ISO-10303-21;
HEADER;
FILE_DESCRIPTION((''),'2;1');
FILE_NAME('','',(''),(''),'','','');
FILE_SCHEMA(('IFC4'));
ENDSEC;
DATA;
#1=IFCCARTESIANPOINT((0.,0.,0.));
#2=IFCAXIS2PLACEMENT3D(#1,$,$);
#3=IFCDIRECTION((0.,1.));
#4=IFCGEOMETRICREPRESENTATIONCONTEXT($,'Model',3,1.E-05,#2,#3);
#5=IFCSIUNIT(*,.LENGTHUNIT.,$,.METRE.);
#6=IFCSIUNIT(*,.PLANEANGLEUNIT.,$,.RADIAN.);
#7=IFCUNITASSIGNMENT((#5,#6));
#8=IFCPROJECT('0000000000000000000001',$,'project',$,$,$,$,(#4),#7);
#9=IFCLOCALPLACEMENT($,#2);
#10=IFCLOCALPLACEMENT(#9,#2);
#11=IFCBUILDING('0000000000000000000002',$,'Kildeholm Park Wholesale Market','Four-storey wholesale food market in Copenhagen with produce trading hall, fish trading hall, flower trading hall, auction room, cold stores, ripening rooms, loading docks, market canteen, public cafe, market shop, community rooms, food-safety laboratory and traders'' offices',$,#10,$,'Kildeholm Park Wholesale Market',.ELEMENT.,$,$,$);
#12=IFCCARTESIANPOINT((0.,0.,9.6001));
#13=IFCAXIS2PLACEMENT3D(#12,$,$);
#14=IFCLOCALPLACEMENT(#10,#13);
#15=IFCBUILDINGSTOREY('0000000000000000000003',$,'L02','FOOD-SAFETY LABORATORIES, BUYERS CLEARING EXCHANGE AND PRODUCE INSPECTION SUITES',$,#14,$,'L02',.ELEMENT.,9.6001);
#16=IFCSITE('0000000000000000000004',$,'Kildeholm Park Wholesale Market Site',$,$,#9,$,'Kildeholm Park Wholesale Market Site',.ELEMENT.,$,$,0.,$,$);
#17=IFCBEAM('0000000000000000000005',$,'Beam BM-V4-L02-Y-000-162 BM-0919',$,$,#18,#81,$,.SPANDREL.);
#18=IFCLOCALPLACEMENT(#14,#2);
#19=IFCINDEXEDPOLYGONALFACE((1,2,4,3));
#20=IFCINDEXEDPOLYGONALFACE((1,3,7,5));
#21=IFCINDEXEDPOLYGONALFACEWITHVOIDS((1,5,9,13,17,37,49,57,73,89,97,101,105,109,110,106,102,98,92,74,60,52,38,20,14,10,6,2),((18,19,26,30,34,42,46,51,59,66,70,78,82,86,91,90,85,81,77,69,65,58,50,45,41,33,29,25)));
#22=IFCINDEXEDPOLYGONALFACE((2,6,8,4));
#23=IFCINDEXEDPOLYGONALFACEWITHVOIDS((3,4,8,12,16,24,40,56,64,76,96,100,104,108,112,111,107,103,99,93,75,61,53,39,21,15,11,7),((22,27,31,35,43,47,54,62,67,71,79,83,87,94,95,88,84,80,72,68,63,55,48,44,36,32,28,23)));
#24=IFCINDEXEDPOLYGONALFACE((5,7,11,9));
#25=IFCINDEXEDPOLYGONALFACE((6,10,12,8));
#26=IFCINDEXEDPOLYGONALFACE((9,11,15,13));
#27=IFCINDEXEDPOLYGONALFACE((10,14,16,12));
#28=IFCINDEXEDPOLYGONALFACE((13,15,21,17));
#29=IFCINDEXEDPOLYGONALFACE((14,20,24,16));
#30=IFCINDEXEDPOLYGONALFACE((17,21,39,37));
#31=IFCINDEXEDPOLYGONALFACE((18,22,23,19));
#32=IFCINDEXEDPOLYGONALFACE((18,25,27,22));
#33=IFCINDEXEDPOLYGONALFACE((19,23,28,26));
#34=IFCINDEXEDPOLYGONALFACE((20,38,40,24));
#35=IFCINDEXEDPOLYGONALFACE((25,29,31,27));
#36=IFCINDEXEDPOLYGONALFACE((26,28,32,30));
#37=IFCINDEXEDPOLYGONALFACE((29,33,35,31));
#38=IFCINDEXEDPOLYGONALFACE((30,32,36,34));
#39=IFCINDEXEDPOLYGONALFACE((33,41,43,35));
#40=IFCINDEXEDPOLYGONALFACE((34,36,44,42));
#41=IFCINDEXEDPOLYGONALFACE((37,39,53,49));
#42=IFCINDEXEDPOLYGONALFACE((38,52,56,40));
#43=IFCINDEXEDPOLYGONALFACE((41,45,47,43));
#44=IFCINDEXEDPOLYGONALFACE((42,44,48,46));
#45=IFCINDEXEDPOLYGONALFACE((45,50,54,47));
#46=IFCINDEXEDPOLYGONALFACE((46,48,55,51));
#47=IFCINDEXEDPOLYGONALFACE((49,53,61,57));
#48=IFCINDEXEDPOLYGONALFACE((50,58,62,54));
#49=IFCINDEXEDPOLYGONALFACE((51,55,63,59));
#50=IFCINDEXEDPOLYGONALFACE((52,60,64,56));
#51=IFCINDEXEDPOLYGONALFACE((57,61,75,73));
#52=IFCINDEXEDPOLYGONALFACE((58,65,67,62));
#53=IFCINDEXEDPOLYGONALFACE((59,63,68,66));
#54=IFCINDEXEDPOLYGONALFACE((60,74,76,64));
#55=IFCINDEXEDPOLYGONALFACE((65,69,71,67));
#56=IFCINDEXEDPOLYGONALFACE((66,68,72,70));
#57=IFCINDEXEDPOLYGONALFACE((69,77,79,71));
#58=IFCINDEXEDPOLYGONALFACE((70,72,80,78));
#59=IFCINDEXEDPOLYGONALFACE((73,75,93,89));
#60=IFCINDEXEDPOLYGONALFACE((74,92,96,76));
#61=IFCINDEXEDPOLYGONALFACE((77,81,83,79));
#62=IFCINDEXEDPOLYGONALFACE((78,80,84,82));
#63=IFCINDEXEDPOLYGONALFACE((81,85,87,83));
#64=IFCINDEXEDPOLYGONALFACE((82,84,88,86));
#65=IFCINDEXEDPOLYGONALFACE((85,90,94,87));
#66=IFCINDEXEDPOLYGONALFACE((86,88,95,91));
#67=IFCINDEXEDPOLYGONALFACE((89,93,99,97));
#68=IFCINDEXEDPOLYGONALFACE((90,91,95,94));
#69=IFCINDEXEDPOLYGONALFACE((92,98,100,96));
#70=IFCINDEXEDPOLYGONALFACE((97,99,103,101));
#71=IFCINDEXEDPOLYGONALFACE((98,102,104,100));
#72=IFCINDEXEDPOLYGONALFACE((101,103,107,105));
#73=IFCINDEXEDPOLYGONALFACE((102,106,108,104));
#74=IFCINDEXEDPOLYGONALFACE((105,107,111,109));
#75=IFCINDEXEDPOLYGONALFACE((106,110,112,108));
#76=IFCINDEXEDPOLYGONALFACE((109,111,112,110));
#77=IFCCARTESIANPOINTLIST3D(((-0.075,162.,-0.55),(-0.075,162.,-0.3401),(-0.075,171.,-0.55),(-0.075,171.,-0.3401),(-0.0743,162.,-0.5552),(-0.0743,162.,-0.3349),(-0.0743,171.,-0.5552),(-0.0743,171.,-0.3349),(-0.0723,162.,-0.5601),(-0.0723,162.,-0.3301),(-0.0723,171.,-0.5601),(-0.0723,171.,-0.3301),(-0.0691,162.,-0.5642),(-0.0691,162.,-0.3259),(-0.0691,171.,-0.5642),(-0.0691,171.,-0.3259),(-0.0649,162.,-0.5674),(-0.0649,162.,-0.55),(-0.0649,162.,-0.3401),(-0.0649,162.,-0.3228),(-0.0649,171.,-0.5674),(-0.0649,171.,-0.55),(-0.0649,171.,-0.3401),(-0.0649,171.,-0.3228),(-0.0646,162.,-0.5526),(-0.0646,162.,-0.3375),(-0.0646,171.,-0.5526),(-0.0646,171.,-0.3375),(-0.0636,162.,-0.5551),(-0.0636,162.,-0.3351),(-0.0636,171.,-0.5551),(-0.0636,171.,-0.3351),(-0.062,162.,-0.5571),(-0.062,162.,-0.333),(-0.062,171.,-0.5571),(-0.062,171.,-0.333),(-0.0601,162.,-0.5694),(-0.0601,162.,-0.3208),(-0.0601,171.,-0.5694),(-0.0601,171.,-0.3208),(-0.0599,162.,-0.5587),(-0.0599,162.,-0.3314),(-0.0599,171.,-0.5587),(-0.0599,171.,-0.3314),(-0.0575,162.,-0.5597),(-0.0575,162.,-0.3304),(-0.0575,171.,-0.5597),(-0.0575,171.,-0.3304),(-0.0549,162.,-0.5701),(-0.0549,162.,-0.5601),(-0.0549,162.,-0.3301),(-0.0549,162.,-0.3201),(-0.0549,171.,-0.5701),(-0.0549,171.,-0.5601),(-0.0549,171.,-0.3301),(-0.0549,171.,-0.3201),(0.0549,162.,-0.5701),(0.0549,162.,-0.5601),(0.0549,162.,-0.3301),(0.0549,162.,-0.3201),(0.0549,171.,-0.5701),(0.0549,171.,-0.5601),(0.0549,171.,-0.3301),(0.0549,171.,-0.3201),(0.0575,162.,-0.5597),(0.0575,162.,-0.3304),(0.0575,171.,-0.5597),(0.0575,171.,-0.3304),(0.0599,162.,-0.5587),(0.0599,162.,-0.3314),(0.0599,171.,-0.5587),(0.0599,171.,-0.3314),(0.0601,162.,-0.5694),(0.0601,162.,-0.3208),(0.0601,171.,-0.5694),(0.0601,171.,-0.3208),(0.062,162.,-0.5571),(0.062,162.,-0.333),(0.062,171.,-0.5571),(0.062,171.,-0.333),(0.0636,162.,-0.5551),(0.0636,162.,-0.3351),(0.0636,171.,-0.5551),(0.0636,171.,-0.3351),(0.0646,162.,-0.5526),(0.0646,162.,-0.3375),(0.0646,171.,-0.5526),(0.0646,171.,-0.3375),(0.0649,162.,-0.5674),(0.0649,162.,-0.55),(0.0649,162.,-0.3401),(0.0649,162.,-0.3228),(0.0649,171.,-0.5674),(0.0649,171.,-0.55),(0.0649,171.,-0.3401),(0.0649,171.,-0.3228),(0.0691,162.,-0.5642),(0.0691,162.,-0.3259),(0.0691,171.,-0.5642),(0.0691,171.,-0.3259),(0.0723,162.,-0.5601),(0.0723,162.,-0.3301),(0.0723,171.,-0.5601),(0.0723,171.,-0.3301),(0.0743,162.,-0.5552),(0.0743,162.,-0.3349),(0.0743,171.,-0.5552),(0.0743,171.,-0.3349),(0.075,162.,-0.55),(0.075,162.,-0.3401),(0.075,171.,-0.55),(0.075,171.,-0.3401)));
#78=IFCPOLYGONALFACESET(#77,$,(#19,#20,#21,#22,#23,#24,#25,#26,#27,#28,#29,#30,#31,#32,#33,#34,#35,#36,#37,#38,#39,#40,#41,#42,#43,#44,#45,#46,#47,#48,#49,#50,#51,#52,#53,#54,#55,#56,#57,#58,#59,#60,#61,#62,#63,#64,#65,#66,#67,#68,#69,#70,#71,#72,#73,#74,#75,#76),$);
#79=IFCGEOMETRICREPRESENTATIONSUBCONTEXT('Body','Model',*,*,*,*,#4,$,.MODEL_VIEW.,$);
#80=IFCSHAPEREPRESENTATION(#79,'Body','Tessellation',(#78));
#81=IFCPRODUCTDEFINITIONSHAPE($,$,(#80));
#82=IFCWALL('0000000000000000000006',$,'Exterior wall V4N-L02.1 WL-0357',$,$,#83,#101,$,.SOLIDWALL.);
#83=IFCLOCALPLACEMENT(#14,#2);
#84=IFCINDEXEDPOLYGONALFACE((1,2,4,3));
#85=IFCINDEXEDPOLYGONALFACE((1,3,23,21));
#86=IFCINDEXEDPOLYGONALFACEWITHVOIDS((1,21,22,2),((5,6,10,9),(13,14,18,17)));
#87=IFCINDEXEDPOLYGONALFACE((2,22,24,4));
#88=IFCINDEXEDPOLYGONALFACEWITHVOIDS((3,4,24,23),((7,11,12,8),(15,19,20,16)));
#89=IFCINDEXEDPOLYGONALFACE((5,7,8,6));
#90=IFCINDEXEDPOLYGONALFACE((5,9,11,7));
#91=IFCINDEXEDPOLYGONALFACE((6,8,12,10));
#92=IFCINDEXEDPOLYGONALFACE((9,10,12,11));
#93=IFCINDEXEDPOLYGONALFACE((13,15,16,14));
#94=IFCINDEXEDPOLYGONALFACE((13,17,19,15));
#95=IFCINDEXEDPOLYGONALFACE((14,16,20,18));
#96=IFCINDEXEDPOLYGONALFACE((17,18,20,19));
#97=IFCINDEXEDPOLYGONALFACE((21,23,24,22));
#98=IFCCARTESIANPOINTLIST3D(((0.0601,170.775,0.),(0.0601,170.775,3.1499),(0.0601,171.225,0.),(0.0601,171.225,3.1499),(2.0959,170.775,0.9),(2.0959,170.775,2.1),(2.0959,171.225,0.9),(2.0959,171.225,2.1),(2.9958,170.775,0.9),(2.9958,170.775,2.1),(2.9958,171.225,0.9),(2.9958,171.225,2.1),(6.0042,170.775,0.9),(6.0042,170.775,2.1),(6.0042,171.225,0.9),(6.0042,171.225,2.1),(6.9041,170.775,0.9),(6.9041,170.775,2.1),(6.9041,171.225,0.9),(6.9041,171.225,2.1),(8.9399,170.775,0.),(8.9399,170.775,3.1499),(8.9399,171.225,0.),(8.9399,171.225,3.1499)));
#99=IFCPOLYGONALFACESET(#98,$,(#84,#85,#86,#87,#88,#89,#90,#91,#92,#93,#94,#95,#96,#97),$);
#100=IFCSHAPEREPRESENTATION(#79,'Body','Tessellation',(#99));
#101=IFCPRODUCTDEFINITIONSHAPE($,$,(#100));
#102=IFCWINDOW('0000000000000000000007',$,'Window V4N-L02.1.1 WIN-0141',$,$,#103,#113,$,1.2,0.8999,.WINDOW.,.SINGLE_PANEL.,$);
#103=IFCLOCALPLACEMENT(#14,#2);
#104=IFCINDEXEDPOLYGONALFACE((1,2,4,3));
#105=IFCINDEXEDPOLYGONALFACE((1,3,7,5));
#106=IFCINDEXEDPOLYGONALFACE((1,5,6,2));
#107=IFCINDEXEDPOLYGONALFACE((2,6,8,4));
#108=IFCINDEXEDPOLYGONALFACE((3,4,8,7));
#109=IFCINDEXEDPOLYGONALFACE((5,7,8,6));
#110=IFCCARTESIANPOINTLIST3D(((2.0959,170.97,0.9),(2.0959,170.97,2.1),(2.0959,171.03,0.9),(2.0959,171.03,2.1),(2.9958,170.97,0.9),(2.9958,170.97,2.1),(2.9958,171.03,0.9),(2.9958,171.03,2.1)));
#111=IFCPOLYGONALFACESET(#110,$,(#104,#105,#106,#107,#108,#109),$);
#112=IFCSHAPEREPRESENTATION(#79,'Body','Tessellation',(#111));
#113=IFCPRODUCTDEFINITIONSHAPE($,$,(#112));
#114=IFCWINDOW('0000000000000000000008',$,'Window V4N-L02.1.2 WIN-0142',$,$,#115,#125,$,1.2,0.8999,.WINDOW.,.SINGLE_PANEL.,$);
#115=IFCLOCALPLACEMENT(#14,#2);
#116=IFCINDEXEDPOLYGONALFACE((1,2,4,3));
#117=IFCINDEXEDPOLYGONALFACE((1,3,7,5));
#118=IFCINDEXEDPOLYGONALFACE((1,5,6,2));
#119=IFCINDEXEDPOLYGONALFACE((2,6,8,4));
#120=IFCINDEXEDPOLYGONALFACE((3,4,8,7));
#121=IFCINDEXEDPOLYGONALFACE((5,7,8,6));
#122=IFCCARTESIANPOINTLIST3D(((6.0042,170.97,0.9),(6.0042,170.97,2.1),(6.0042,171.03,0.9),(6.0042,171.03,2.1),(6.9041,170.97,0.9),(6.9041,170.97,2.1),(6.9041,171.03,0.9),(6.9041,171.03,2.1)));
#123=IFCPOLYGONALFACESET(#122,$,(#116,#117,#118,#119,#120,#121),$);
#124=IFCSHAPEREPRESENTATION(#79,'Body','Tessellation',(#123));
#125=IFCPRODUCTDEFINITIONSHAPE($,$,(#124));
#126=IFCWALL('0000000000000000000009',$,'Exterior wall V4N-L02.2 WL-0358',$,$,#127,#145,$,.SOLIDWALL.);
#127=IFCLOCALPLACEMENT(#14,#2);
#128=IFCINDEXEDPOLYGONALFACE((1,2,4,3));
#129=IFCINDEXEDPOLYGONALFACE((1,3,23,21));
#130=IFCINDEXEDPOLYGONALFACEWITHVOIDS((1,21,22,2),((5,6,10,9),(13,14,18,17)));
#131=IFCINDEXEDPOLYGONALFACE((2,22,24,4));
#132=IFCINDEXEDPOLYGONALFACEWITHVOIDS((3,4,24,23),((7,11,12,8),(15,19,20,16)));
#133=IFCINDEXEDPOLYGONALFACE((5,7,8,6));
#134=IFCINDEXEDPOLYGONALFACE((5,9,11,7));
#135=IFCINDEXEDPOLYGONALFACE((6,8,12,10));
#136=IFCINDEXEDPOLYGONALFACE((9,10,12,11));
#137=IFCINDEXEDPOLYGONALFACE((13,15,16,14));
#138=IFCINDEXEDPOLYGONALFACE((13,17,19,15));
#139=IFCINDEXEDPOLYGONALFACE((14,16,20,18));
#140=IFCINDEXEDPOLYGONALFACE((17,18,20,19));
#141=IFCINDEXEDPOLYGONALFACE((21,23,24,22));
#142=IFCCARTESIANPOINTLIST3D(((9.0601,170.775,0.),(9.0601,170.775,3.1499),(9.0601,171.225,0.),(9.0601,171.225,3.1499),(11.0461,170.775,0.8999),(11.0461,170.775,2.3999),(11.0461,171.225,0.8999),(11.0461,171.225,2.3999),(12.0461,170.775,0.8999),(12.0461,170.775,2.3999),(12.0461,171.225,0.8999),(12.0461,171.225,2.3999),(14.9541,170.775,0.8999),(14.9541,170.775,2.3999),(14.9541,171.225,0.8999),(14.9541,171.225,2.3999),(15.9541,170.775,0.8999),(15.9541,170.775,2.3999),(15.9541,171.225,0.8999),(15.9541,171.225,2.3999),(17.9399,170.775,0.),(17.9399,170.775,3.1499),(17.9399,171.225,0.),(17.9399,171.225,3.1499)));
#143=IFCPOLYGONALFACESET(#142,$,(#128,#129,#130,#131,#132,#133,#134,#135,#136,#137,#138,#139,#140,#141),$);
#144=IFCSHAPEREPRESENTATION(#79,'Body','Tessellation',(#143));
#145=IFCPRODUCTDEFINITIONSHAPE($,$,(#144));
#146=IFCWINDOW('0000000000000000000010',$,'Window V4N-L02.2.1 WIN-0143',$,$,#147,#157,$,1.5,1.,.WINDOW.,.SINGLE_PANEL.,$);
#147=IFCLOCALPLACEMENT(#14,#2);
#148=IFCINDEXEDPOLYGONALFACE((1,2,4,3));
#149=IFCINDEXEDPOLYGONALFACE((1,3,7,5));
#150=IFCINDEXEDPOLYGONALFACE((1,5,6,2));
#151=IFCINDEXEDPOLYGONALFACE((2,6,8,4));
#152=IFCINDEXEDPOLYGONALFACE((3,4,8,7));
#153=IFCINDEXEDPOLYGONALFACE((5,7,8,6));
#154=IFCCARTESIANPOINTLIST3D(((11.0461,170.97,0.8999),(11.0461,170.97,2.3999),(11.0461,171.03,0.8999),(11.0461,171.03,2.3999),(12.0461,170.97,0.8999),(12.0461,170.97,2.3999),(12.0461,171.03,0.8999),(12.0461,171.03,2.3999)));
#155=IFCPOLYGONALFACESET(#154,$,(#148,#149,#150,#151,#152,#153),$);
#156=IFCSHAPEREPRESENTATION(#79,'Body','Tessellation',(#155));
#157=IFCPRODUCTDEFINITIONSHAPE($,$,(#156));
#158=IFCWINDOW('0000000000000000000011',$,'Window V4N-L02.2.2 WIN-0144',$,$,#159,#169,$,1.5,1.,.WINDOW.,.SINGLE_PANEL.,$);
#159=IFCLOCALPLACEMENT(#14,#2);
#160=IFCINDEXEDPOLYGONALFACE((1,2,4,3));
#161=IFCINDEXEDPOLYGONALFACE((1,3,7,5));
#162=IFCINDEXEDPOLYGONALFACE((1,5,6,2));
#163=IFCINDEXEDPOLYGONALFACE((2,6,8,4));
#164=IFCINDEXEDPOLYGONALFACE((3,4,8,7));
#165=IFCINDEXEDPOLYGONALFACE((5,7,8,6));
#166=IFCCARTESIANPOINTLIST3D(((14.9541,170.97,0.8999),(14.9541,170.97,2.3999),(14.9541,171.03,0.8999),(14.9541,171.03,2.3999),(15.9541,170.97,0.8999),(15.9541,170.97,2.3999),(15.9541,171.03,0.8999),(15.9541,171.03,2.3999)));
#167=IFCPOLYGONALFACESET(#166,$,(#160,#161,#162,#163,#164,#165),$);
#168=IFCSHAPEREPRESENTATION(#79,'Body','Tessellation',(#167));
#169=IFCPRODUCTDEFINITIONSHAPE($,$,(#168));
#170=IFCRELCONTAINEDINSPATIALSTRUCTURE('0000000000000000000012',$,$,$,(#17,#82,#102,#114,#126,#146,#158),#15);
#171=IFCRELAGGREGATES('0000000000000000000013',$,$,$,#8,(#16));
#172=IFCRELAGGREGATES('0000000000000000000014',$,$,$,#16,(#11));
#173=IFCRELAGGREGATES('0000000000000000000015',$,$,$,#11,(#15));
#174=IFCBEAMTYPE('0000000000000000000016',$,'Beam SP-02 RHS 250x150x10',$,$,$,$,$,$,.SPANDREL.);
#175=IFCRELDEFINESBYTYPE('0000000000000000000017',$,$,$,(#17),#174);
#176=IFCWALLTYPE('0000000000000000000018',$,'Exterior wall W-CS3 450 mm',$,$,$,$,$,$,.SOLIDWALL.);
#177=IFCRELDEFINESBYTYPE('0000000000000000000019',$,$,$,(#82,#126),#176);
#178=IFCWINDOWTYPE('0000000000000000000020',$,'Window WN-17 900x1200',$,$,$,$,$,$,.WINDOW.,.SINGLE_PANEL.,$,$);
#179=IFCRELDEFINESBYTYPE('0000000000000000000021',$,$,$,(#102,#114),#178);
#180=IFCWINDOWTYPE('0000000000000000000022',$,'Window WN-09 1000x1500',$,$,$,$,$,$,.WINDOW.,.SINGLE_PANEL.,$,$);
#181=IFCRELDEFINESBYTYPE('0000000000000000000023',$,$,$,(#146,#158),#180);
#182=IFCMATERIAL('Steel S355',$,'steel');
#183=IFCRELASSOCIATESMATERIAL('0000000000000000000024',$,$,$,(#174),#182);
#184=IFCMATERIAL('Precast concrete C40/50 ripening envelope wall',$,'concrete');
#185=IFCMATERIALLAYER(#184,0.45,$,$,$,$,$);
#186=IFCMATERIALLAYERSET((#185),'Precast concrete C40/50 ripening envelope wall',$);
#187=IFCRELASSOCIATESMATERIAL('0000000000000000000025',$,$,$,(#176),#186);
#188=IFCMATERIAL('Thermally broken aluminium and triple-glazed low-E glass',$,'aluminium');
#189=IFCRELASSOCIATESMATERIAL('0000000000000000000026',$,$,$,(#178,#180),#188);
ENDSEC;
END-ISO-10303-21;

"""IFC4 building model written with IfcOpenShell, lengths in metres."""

from ifc_helpers import new_model, si_unit, direction, frame, frame_2d, origin, origin_2d, place, context, subcontext, project, spatial, rectangle, hollow_rectangle, extrude, material, layer, layer_set, material_profile, profile_set, type_object, element, fill, save


model = new_model("IFC4")

# Units and contexts
model_context = context("Model", 3, precision=1e-05, world=origin(), true_north=direction((0.0, 1.0)))
body_context = subcontext(model_context, "Body", "Model", "MODEL_VIEW")
ifc_project = project(units=[si_unit("LENGTHUNIT", "METRE"), si_unit("PLANEANGLEUNIT", "RADIAN")], contexts=[model_context])

# Site, building, storey
site_placement = place(None, origin())
site = spatial("IfcSite", under=ifc_project, at=site_placement, Name="Kildeholm Park Wholesale Market Site", LongName="Kildeholm Park Wholesale Market Site", CompositionType="ELEMENT", RefElevation=0.0)
building_placement = place(site_placement, origin())
building = spatial("IfcBuilding", under=site, at=building_placement, Name="Kildeholm Park Wholesale Market", Description="Four-storey wholesale food market in Copenhagen with produce trading hall, fish trading hall, flower trading hall, auction room, cold stores, ripening rooms, loading docks, market canteen, public cafe, market shop, community rooms, food-safety laboratory and traders' offices", LongName="Kildeholm Park Wholesale Market", CompositionType="ELEMENT")
storey_placement = place(building_placement, frame((0.0, 0.0, 9.6001)))
storey = spatial("IfcBuildingStorey", under=building, at=storey_placement, Name="L02", Description="FOOD-SAFETY LABORATORIES, BUYERS CLEARING EXCHANGE AND PRODUCE INSPECTION SUITES", LongName="L02", CompositionType="ELEMENT", Elevation=9.6001)

# Beam
ifc_material_1 = material(Name="Steel S355", Category="steel")
ifc_material_profile_1 = material_profile(ifc_material_1, hollow_rectangle(XDim=0.1499, YDim=0.25, WallThickness=0.01, InnerFilletRadius=0.01, OuterFilletRadius=0.02, at=origin_2d()), Name="RHS 250x150x10")
ifc_profile_set_1 = profile_set([ifc_material_profile_1], Name="Steel S355")
beam_type_1 = type_object("IfcBeamType", Name="Beam SP-02 RHS 250x150x10", PredefinedType="SPANDREL", material=ifc_profile_set_1)
beam_1_placement = place(storey_placement, frame((0.0, 162.0, -0.4451), z_axis=(0.0, 1.0, 0.0), x_axis=(-1.0, 0.0, 0.0)))
element("IfcBeam", 1, at=beam_1_placement, inside=storey, type_object=beam_type_1, Name="Beam BM-V4-L02-Y-000-162 BM-0919", PredefinedType="SPANDREL", context=body_context, shape_type="SweptSolid", body=[
    extrude(hollow_rectangle(XDim=0.1499, YDim=0.25, WallThickness=0.01, InnerFilletRadius=0.01, OuterFilletRadius=0.02, at=origin_2d()), origin(), (0.0, 0.0, 1.0), 9.0),
])

# Walls, openings, windows
ifc_material_2 = material(Name="Precast concrete C40/50 ripening envelope wall", Category="concrete")
ifc_layer = layer(ifc_material_2, 0.45)
ifc_layer_set = layer_set([ifc_layer], Name="Precast concrete C40/50 ripening envelope wall")
wall_type = type_object("IfcWallType", Name="Exterior wall W-CS3 450 mm", PredefinedType="SOLIDWALL", material=ifc_layer_set)
wall_1_placement = place(storey_placement, frame((0.0601, 171.0, 0.0), z_axis=(0.0, 0.0, 1.0), x_axis=(1.0, 0.0, 0.0)))
wall_1 = element("IfcWall", 2, at=wall_1_placement, inside=storey, type_object=wall_type, Name="Exterior wall V4N-L02.1 WL-0357", PredefinedType="SOLIDWALL", context=body_context, shape_type="SweptSolid", body=[
    extrude(rectangle(XDim=8.8799, YDim=0.45, at=frame_2d((4.4399, 0.0))), origin(), (0.0, 0.0, 1.0), 3.1499),
])
opening_1_placement = place(wall_1_placement, frame((2.0359, 0.0, 0.8999)))
opening_1 = element("IfcOpeningElement", 3, at=opening_1_placement, cuts=wall_1, PredefinedType="OPENING", context=body_context, shape_type="SweptSolid", body=[
    extrude(rectangle(XDim=0.8999, YDim=1.2, at=frame_2d((0.45, 0.6001))), frame((0.0, 0.2349, 0.0), z_axis=(0.0, -1.0, 0.0), x_axis=(1.0, 0.0, 0.0)), (0.0, 0.0, 1.0), 0.47),
])
opening_2_placement = place(wall_1_placement, frame((5.9441, 0.0, 0.8999)))
opening_2 = element("IfcOpeningElement", 4, at=opening_2_placement, cuts=wall_1, PredefinedType="OPENING", context=body_context, shape_type="SweptSolid", body=[
    extrude(rectangle(XDim=0.8999, YDim=1.2, at=frame_2d((0.45, 0.6001))), frame((0.0, 0.2349, 0.0), z_axis=(0.0, -1.0, 0.0), x_axis=(1.0, 0.0, 0.0)), (0.0, 0.0, 1.0), 0.47),
])
ifc_material_3 = material(Name="Thermally broken aluminium and triple-glazed low-E glass", Category="aluminium")
window_type_1 = type_object("IfcWindowType", Name="Window WN-17 900x1200", PartitioningType="SINGLE_PANEL", PredefinedType="WINDOW", material=ifc_material_3)
window_1_placement = place(opening_1_placement, origin())
window_1 = element("IfcWindow", 5, at=window_1_placement, inside=storey, type_object=window_type_1, Name="Window V4N-L02.1.1 WIN-0141", OverallHeight=1.2, OverallWidth=0.8999, PartitioningType="SINGLE_PANEL", PredefinedType="WINDOW", context=body_context, shape_type="SweptSolid", body=[
    extrude(rectangle(XDim=0.8999, YDim=1.2, at=frame_2d((0.45, 0.6001))), frame((0.0, 0.03, 0.0), z_axis=(0.0, -1.0, 0.0), x_axis=(1.0, 0.0, 0.0)), (0.0, 0.0, 1.0), 0.0601),
])
fill(opening_1, window_1)
window_2_placement = place(opening_2_placement, origin())
window_2 = element("IfcWindow", 6, at=window_2_placement, inside=storey, type_object=window_type_1, Name="Window V4N-L02.1.2 WIN-0142", OverallHeight=1.2, OverallWidth=0.8999, PartitioningType="SINGLE_PANEL", PredefinedType="WINDOW", context=body_context, shape_type="SweptSolid", body=[
    extrude(rectangle(XDim=0.8999, YDim=1.2, at=frame_2d((0.45, 0.6001))), frame((0.0, 0.03, 0.0), z_axis=(0.0, -1.0, 0.0), x_axis=(1.0, 0.0, 0.0)), (0.0, 0.0, 1.0), 0.0601),
])
fill(opening_2, window_2)
wall_2_placement = place(storey_placement, frame((9.0601, 171.0, 0.0), z_axis=(0.0, 0.0, 1.0), x_axis=(1.0, 0.0, 0.0)))
wall_2 = element("IfcWall", 7, at=wall_2_placement, inside=storey, type_object=wall_type, Name="Exterior wall V4N-L02.2 WL-0358", PredefinedType="SOLIDWALL", context=body_context, shape_type="SweptSolid", body=[
    extrude(rectangle(XDim=8.8799, YDim=0.45, at=frame_2d((4.4399, 0.0))), origin(), (0.0, 0.0, 1.0), 3.1499),
])
opening_3_placement = place(wall_2_placement, frame((1.9861, 0.0, 0.8999)))
opening_3 = element("IfcOpeningElement", 8, at=opening_3_placement, cuts=wall_2, PredefinedType="OPENING", context=body_context, shape_type="SweptSolid", body=[
    extrude(rectangle(XDim=1.0, YDim=1.5, at=frame_2d((0.5, 0.75))), frame((0.0, 0.2349, 0.0), z_axis=(0.0, -1.0, 0.0), x_axis=(1.0, 0.0, 0.0)), (0.0, 0.0, 1.0), 0.47),
])
opening_4_placement = place(wall_2_placement, frame((5.894, 0.0, 0.8999)))
opening_4 = element("IfcOpeningElement", 9, at=opening_4_placement, cuts=wall_2, PredefinedType="OPENING", context=body_context, shape_type="SweptSolid", body=[
    extrude(rectangle(XDim=1.0, YDim=1.5, at=frame_2d((0.5, 0.75))), frame((0.0, 0.2349, 0.0), z_axis=(0.0, -1.0, 0.0), x_axis=(1.0, 0.0, 0.0)), (0.0, 0.0, 1.0), 0.47),
])
window_type_2 = type_object("IfcWindowType", Name="Window WN-09 1000x1500", PartitioningType="SINGLE_PANEL", PredefinedType="WINDOW", material=ifc_material_3)
window_3_placement = place(opening_3_placement, origin())
window_3 = element("IfcWindow", 10, at=window_3_placement, inside=storey, type_object=window_type_2, Name="Window V4N-L02.2.1 WIN-0143", OverallHeight=1.5, OverallWidth=1.0, PartitioningType="SINGLE_PANEL", PredefinedType="WINDOW", context=body_context, shape_type="SweptSolid", body=[
    extrude(rectangle(XDim=1.0, YDim=1.5, at=frame_2d((0.5, 0.75))), frame((0.0, 0.03, 0.0), z_axis=(0.0, -1.0, 0.0), x_axis=(1.0, 0.0, 0.0)), (0.0, 0.0, 1.0), 0.0601),
])
fill(opening_3, window_3)
window_4_placement = place(opening_4_placement, origin())
window_4 = element("IfcWindow", 11, at=window_4_placement, inside=storey, type_object=window_type_2, Name="Window V4N-L02.2.2 WIN-0144", OverallHeight=1.5, OverallWidth=1.0, PartitioningType="SINGLE_PANEL", PredefinedType="WINDOW", context=body_context, shape_type="SweptSolid", body=[
    extrude(rectangle(XDim=1.0, YDim=1.5, at=frame_2d((0.5, 0.75))), frame((0.0, 0.03, 0.0), z_axis=(0.0, -1.0, 0.0), x_axis=(1.0, 0.0, 0.0)), (0.0, 0.0, 1.0), 0.0601),
])
fill(opening_4, window_4)

save(model, "model.ifc")
